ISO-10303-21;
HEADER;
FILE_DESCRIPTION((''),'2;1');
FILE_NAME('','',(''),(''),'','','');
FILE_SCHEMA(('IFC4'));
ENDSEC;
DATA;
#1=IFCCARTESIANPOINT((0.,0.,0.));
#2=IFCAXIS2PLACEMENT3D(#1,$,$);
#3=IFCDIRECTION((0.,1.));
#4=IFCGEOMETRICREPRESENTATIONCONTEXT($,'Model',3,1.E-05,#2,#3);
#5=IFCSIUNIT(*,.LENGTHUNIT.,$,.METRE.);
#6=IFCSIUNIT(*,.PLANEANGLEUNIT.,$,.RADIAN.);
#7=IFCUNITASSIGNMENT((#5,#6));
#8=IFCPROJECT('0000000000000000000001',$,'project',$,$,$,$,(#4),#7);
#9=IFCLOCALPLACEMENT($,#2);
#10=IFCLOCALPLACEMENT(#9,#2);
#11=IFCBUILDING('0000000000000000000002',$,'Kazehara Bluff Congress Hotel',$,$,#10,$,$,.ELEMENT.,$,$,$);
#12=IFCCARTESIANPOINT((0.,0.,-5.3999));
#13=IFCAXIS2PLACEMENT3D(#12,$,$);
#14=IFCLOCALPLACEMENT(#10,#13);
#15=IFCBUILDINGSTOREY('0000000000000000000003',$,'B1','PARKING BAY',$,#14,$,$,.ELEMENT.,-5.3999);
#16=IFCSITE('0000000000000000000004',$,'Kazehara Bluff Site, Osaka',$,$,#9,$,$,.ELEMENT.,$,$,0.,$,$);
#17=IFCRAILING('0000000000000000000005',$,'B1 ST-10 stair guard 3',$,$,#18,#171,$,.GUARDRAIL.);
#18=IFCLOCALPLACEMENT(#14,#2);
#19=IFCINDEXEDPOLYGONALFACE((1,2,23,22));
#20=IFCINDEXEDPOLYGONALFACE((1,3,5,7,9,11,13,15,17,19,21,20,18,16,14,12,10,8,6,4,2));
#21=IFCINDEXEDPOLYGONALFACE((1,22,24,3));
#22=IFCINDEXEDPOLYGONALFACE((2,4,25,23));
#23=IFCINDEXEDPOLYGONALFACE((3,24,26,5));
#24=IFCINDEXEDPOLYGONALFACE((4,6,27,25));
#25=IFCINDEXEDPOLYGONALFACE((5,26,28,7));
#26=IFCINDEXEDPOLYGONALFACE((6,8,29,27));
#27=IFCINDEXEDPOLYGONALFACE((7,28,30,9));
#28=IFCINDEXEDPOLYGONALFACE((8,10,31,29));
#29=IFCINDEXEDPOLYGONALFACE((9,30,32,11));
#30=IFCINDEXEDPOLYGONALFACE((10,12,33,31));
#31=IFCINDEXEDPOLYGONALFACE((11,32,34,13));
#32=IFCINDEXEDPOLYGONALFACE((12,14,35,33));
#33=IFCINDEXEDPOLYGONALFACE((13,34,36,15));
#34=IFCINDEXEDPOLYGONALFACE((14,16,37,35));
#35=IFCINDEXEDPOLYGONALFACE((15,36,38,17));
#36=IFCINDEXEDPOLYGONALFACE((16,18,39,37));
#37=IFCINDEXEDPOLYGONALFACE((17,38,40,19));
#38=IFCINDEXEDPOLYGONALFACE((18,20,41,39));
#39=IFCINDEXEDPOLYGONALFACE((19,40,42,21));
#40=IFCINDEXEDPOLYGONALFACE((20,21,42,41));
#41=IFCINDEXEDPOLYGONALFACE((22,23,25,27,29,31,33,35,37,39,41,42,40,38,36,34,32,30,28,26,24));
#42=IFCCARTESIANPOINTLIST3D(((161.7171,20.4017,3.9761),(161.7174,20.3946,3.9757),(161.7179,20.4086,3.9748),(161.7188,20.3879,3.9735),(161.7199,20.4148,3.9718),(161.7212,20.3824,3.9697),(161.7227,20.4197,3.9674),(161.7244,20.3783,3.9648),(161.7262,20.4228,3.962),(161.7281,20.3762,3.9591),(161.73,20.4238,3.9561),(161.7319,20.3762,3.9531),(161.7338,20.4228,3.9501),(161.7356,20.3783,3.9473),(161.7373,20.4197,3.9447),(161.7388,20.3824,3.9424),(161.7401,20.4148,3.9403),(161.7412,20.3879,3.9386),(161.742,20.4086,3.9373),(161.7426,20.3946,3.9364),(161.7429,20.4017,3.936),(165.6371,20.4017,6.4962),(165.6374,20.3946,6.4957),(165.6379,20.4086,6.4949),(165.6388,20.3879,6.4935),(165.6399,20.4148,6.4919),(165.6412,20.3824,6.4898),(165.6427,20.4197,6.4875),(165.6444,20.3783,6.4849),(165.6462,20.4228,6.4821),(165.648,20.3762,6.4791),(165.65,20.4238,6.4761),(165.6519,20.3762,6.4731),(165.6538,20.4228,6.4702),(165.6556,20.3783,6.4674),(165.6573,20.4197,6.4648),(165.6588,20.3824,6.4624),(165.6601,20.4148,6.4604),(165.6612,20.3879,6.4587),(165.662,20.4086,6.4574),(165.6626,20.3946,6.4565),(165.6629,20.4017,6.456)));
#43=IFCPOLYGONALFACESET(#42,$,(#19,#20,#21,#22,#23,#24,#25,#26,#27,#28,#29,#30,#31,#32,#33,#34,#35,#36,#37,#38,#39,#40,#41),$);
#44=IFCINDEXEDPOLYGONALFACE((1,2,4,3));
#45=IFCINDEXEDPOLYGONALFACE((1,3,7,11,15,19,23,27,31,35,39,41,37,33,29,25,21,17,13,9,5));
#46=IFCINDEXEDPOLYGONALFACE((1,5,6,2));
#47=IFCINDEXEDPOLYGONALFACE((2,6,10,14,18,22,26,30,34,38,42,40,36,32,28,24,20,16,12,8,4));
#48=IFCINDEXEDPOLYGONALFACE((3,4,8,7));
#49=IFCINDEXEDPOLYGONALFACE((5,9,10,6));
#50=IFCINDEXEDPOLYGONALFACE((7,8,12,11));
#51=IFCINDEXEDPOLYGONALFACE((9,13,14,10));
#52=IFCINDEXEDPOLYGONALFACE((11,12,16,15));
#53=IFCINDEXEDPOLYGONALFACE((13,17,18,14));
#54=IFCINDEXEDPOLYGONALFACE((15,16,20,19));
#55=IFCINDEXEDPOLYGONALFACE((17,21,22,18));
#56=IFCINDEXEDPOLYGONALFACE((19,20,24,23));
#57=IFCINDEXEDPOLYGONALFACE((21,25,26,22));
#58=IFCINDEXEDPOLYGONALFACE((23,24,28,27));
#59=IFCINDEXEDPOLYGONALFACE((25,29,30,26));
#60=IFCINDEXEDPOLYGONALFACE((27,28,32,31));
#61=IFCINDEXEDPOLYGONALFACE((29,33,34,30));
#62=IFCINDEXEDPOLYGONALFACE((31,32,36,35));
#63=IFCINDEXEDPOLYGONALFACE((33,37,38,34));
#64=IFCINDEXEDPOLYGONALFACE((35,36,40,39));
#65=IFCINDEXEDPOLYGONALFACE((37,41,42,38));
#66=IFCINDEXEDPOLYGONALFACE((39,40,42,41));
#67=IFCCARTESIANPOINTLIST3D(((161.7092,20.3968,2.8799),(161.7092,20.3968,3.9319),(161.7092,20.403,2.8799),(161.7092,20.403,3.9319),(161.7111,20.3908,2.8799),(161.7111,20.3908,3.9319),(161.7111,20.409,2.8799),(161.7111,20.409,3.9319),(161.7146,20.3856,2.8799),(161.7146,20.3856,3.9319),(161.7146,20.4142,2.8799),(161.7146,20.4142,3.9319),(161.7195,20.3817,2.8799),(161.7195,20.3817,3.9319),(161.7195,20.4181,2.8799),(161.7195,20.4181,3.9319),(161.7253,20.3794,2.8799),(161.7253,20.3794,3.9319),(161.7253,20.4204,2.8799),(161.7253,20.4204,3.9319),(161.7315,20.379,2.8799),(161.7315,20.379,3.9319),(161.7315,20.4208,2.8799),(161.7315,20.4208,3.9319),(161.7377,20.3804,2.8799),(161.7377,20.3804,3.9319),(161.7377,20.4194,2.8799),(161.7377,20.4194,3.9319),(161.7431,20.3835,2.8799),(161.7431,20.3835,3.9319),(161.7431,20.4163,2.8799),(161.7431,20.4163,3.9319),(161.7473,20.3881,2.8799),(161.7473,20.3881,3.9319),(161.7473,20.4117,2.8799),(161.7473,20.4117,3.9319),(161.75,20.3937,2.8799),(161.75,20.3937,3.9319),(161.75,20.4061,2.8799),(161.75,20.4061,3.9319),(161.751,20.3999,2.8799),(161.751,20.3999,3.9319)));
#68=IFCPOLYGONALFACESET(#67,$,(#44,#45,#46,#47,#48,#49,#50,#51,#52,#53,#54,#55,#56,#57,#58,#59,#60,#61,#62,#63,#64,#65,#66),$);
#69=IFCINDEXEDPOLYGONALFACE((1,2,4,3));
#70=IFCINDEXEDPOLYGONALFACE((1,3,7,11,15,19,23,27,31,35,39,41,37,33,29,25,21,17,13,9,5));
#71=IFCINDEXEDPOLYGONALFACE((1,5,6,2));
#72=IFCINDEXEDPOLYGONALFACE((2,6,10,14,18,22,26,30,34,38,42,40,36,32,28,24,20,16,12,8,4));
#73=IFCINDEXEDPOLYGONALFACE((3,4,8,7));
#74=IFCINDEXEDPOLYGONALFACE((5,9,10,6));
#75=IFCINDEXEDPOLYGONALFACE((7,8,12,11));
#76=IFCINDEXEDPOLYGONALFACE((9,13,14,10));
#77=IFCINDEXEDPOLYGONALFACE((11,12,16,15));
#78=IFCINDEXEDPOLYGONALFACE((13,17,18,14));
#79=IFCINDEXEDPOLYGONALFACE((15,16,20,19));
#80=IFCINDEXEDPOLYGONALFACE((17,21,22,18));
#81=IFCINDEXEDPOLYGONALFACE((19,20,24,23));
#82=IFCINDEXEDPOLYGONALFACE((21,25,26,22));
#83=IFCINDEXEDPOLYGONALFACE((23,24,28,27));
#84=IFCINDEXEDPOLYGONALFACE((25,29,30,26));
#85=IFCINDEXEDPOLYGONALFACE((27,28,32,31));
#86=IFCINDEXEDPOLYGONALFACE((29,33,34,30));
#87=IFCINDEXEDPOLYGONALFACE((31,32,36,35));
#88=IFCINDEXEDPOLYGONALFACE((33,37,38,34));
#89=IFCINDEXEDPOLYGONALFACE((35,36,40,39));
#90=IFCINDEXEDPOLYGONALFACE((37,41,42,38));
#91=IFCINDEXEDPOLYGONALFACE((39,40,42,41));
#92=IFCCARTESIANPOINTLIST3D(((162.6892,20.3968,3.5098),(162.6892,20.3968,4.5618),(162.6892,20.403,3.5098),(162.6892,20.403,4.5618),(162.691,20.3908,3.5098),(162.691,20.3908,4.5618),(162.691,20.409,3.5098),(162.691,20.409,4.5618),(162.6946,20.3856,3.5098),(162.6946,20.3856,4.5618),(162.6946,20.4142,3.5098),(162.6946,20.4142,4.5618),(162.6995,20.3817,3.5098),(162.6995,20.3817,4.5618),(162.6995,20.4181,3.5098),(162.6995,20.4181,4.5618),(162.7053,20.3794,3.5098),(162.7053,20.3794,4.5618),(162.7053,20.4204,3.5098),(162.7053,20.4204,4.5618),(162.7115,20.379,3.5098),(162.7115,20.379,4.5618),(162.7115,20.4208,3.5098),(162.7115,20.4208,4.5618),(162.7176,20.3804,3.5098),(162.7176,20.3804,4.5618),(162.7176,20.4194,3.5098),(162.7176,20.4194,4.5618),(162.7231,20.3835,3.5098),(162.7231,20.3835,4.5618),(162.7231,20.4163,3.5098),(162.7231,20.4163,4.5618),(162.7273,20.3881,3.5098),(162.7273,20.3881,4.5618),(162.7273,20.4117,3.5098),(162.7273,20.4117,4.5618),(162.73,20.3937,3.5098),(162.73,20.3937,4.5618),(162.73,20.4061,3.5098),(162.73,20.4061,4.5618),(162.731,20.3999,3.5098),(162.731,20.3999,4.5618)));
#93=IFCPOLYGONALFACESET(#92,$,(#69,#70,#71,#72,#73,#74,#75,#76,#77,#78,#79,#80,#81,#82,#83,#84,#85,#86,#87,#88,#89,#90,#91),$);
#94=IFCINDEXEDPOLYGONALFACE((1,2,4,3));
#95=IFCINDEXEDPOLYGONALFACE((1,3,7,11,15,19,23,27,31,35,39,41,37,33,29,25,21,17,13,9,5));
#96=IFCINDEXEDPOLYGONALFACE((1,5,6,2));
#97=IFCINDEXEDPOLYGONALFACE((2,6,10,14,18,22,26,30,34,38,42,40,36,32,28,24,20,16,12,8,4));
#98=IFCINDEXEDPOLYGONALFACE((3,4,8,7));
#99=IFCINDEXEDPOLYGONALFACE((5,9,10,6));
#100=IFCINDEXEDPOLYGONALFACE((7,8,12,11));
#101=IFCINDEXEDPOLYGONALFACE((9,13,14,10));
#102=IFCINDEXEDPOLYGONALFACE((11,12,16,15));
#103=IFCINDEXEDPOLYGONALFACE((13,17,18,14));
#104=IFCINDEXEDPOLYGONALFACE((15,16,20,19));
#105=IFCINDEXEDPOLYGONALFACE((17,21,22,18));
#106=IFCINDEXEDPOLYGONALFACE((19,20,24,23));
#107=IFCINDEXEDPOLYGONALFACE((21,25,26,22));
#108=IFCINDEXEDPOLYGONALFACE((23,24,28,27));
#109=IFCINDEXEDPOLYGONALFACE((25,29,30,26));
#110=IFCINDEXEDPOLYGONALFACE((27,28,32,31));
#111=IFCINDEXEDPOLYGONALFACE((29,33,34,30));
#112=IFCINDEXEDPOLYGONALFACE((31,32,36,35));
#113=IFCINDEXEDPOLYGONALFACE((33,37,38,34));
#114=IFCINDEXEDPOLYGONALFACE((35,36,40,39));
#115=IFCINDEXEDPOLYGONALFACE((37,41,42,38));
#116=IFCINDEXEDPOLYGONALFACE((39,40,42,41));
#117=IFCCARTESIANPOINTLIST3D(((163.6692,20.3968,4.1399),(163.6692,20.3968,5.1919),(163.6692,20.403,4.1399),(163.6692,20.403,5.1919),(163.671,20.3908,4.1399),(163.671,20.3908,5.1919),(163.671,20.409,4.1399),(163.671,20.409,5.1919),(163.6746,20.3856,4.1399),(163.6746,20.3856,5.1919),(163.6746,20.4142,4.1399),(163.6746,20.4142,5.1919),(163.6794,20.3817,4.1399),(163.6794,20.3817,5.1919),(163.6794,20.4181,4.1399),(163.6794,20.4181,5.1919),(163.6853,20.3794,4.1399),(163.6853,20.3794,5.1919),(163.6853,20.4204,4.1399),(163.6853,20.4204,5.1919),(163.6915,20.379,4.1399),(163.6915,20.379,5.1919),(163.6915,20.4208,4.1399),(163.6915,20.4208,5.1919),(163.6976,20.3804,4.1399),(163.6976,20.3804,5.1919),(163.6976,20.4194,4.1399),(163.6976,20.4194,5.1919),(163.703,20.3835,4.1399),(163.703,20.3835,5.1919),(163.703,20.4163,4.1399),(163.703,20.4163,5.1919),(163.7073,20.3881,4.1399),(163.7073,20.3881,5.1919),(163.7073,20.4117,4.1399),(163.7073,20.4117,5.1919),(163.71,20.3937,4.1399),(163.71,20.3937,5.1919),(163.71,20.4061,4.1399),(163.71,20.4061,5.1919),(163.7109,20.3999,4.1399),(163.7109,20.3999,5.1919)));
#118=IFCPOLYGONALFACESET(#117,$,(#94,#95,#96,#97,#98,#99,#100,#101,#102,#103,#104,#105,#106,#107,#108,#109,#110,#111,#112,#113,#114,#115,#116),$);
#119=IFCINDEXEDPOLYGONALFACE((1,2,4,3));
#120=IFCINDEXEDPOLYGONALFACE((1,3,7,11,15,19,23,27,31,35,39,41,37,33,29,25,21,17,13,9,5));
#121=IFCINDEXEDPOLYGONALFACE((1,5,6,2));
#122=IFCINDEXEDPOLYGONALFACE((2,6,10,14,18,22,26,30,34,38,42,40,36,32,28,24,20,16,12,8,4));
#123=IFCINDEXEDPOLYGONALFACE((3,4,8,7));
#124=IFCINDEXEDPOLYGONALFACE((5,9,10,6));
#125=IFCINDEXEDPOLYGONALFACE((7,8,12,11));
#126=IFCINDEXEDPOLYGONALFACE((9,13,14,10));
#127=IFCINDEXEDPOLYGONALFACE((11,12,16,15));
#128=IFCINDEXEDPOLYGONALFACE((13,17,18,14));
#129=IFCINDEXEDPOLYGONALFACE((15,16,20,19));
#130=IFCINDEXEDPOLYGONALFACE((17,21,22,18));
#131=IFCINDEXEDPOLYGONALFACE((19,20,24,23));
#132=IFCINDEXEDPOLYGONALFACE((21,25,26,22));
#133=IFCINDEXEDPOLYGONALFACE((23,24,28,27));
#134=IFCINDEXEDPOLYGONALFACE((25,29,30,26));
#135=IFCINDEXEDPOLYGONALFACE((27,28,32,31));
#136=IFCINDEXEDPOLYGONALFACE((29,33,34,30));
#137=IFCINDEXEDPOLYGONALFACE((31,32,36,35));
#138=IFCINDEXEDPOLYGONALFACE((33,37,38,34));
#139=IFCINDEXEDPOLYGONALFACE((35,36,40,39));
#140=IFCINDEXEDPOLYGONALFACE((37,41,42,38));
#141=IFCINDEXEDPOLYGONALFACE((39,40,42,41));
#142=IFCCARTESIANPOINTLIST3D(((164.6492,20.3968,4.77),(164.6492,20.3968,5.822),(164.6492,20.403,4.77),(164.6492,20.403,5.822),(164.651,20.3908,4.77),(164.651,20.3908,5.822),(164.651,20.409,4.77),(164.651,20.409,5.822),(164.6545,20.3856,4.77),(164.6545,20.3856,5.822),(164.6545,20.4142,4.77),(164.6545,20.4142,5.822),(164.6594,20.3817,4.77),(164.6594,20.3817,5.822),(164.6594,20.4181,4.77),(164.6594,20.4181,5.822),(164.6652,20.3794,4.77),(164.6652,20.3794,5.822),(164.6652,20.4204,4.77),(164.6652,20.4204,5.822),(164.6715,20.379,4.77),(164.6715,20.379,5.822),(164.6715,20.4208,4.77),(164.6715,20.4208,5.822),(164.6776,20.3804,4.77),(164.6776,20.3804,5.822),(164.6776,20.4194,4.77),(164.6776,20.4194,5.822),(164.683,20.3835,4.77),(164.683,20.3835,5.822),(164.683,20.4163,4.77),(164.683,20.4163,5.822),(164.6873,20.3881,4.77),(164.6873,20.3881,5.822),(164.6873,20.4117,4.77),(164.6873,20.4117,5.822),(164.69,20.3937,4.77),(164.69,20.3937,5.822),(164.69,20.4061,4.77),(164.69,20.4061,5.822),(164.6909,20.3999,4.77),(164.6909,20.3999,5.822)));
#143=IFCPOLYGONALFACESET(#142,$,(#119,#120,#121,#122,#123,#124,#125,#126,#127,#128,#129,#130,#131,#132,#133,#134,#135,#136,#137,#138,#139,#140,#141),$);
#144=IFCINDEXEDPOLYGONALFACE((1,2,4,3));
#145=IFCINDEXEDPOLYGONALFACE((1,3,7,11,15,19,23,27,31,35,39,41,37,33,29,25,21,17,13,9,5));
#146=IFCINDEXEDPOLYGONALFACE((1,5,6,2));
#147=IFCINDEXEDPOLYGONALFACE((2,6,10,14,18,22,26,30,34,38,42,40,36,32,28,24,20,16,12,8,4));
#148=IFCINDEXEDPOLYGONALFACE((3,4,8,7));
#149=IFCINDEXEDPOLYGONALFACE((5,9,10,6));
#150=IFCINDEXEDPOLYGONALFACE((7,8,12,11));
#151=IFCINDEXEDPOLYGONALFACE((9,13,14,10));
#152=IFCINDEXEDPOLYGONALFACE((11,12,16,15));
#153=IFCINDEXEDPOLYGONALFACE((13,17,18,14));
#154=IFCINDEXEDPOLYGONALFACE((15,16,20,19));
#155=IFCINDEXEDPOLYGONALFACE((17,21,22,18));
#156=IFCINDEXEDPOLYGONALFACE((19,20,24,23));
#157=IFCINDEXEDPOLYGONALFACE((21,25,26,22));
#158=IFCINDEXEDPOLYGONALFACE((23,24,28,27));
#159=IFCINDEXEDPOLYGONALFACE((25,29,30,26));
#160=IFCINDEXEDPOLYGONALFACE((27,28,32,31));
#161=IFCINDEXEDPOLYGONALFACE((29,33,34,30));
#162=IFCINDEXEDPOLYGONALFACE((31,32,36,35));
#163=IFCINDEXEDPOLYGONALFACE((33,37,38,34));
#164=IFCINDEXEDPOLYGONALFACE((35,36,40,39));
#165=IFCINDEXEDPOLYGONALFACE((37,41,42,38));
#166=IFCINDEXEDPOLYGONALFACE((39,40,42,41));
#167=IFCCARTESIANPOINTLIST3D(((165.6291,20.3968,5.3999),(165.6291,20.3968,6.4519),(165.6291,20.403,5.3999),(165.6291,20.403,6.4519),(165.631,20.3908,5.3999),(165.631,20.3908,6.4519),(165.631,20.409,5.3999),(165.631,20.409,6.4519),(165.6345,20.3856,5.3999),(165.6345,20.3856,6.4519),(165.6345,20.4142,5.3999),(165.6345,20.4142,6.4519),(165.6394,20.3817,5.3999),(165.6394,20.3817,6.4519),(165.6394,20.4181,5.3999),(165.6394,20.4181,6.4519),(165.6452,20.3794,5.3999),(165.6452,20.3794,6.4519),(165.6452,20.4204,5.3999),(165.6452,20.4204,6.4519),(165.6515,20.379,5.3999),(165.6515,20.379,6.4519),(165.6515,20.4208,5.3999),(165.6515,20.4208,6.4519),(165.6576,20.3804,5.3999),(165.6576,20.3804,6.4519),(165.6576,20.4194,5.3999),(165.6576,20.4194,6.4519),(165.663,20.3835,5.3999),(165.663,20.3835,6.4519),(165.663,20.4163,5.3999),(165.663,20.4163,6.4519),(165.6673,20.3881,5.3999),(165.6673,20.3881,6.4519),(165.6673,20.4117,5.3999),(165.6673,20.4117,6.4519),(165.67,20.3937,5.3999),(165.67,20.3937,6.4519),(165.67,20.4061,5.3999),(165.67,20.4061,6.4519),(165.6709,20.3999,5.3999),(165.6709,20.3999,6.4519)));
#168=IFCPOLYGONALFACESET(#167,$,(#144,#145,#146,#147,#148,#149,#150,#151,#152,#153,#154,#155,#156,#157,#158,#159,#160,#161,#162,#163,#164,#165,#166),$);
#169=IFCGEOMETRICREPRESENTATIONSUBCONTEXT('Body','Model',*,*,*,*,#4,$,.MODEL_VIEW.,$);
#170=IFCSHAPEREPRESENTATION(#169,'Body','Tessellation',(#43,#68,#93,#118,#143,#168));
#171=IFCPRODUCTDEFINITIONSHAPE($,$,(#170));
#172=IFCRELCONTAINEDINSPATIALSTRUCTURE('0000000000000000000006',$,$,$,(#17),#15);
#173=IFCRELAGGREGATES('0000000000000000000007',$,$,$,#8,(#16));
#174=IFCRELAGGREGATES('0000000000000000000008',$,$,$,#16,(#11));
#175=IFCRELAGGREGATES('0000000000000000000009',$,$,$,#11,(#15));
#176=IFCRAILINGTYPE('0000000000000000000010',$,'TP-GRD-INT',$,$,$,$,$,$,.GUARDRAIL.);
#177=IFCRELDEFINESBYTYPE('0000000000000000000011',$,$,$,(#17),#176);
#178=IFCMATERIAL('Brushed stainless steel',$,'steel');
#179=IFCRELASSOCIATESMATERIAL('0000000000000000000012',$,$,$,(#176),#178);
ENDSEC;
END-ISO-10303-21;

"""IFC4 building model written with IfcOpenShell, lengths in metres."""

from ifc_helpers import new_model, si_unit, direction, frame, origin, origin_2d, place, context, subcontext, project, spatial, circle, extrude, material, type_object, element, save


model = new_model("IFC4")

# Units and contexts
model_context = context("Model", 3, precision=1e-05, world=origin(), true_north=direction((0.0, 1.0)))
body_context = subcontext(model_context, "Body", "Model", "MODEL_VIEW")
ifc_project = project(units=[si_unit("LENGTHUNIT", "METRE"), si_unit("PLANEANGLEUNIT", "RADIAN")], contexts=[model_context])

# Site, building, storey
site_placement = place(None, origin())
site = spatial("IfcSite", under=ifc_project, at=site_placement, Name="Kazehara Bluff Site, Osaka", CompositionType="ELEMENT", RefElevation=0.0)
building_placement = place(site_placement, origin())
building = spatial("IfcBuilding", under=site, at=building_placement, Name="Kazehara Bluff Congress Hotel", CompositionType="ELEMENT")
storey_placement = place(building_placement, frame((0.0, 0.0, -5.3999)))
storey = spatial("IfcBuildingStorey", under=building, at=storey_placement, Name="B1", Description="PARKING BAY", CompositionType="ELEMENT", Elevation=-5.3999)

# Railing
ifc_material_1 = material(Name="Brushed stainless steel", Category="steel")
railing_type_1 = type_object("IfcRailingType", Name="TP-GRD-INT", PredefinedType="GUARDRAIL", material=ifc_material_1)
railing_1_placement = place(storey_placement, frame((161.73, 20.3999, 2.8799)))
element("IfcRailing", 1, at=railing_1_placement, inside=storey, type_object=railing_type_1, Name="B1 ST-10 stair guard 3", PredefinedType="GUARDRAIL", context=body_context, shape_type="SweptSolid", body=[
    extrude(circle(Radius=0.0239, at=origin_2d()), frame((0.0, 0.0, 1.0762), z_axis=(0.841172, 0.0, 0.540768), x_axis=(0.0, 1.0, 0.0)), (0.0, 0.0, 1.0), 4.6602),
    extrude(circle(Radius=0.021, at=origin_2d()), origin(), (0.0, 0.0, 1.0), 1.052),
    extrude(circle(Radius=0.021, at=origin_2d()), frame((0.98, 0.0, 0.6299)), (0.0, 0.0, 1.0), 1.052),
    extrude(circle(Radius=0.021, at=origin_2d()), frame((1.96, 0.0, 1.26)), (0.0, 0.0, 1.0), 1.052),
    extrude(circle(Radius=0.021, at=origin_2d()), frame((2.9399, 0.0, 1.8901)), (0.0, 0.0, 1.0), 1.052),
    extrude(circle(Radius=0.021, at=origin_2d()), frame((3.9199, 0.0, 2.52)), (0.0, 0.0, 1.0), 1.052),
])

save(model, "model.ifc")
